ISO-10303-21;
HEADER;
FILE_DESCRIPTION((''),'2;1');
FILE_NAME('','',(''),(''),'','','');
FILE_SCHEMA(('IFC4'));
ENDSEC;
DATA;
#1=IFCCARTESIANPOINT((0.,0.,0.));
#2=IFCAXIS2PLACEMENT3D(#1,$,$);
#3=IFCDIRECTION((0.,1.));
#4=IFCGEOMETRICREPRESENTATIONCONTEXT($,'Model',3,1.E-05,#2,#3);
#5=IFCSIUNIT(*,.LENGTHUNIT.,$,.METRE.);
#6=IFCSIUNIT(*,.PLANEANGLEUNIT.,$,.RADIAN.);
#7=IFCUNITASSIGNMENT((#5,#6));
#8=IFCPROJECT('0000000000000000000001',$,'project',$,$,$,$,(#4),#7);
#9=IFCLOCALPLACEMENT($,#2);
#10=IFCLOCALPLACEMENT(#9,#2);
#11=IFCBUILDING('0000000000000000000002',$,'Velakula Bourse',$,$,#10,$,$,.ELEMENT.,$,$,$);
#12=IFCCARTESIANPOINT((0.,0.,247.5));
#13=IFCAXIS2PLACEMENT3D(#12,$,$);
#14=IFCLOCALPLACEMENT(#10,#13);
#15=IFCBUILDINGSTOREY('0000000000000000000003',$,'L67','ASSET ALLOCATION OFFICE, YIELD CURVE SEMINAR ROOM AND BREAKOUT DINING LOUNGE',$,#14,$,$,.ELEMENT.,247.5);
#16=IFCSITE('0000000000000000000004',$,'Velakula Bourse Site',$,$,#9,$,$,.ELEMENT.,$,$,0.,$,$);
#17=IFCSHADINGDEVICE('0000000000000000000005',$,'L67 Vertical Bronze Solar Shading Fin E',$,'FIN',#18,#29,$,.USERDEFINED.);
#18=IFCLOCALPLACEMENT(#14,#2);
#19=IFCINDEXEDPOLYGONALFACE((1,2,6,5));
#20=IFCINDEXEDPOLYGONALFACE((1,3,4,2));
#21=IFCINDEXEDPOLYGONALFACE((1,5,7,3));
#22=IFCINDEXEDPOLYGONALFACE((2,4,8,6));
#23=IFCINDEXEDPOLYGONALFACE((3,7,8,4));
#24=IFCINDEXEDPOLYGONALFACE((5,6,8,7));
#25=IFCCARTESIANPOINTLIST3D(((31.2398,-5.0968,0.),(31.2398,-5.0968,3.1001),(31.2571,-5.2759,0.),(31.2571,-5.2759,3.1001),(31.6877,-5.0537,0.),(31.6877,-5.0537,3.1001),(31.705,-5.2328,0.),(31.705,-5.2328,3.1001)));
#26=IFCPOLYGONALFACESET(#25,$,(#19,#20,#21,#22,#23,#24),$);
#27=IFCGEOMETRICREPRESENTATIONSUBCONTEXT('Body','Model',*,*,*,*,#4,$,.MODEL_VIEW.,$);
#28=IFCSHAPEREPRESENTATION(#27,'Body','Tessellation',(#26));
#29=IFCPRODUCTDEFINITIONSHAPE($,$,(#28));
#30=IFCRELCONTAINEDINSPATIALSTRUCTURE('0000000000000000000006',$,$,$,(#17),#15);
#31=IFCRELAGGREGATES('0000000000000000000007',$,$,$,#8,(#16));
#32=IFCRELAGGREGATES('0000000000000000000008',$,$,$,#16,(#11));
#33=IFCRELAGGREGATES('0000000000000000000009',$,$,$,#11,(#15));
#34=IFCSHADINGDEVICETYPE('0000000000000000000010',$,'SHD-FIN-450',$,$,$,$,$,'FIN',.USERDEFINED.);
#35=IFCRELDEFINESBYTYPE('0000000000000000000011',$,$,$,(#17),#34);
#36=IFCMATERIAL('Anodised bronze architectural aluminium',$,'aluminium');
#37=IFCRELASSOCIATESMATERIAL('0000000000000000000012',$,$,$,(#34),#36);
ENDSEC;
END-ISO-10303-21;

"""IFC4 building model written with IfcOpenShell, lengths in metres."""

from ifc_helpers import new_model, si_unit, direction, frame, origin, origin_2d, place, context, subcontext, project, spatial, rectangle, extrude, material, type_object, element, save


model = new_model("IFC4")

# Units and contexts
model_context = context("Model", 3, precision=1e-05, world=origin(), true_north=direction((0.0, 1.0)))
body_context = subcontext(model_context, "Body", "Model", "MODEL_VIEW")
ifc_project = project(units=[si_unit("LENGTHUNIT", "METRE"), si_unit("PLANEANGLEUNIT", "RADIAN")], contexts=[model_context])

# Site, building, storey
site_placement = place(None, origin())
site = spatial("IfcSite", under=ifc_project, at=site_placement, Name="Velakula Bourse Site", CompositionType="ELEMENT", RefElevation=0.0)
building_placement = place(site_placement, origin())
building = spatial("IfcBuilding", under=site, at=building_placement, Name="Velakula Bourse", CompositionType="ELEMENT")
storey_placement = place(building_placement, frame((0.0, 0.0, 247.5)))
storey = spatial("IfcBuildingStorey", under=building, at=storey_placement, Name="L67", Description="ASSET ALLOCATION OFFICE, YIELD CURVE SEMINAR ROOM AND BREAKOUT DINING LOUNGE", CompositionType="ELEMENT", Elevation=247.5)

# Shading device
ifc_material_1 = material(Name="Anodised bronze architectural aluminium", Category="aluminium")
shading_device_type = type_object("IfcShadingDeviceType", Name="SHD-FIN-450", ElementType="FIN", PredefinedType="USERDEFINED", material=ifc_material_1)
shading_device_placement = place(storey_placement, frame((31.4724, -5.1648, 0.0), z_axis=(0.0, 0.0, 1.0), x_axis=(0.995396, 0.095846, 0.0)))
element("IfcShadingDevice", 1, at=shading_device_placement, inside=storey, type_object=shading_device_type, Name="L67 Vertical Bronze Solar Shading Fin E", ObjectType="FIN", PredefinedType="USERDEFINED", context=body_context, shape_type="SweptSolid", body=[
    extrude(rectangle(XDim=0.45, YDim=0.1799, at=origin_2d()), origin(), (0.0, 0.0, 1.0), 3.1001),
])

save(model, "model.ifc")
